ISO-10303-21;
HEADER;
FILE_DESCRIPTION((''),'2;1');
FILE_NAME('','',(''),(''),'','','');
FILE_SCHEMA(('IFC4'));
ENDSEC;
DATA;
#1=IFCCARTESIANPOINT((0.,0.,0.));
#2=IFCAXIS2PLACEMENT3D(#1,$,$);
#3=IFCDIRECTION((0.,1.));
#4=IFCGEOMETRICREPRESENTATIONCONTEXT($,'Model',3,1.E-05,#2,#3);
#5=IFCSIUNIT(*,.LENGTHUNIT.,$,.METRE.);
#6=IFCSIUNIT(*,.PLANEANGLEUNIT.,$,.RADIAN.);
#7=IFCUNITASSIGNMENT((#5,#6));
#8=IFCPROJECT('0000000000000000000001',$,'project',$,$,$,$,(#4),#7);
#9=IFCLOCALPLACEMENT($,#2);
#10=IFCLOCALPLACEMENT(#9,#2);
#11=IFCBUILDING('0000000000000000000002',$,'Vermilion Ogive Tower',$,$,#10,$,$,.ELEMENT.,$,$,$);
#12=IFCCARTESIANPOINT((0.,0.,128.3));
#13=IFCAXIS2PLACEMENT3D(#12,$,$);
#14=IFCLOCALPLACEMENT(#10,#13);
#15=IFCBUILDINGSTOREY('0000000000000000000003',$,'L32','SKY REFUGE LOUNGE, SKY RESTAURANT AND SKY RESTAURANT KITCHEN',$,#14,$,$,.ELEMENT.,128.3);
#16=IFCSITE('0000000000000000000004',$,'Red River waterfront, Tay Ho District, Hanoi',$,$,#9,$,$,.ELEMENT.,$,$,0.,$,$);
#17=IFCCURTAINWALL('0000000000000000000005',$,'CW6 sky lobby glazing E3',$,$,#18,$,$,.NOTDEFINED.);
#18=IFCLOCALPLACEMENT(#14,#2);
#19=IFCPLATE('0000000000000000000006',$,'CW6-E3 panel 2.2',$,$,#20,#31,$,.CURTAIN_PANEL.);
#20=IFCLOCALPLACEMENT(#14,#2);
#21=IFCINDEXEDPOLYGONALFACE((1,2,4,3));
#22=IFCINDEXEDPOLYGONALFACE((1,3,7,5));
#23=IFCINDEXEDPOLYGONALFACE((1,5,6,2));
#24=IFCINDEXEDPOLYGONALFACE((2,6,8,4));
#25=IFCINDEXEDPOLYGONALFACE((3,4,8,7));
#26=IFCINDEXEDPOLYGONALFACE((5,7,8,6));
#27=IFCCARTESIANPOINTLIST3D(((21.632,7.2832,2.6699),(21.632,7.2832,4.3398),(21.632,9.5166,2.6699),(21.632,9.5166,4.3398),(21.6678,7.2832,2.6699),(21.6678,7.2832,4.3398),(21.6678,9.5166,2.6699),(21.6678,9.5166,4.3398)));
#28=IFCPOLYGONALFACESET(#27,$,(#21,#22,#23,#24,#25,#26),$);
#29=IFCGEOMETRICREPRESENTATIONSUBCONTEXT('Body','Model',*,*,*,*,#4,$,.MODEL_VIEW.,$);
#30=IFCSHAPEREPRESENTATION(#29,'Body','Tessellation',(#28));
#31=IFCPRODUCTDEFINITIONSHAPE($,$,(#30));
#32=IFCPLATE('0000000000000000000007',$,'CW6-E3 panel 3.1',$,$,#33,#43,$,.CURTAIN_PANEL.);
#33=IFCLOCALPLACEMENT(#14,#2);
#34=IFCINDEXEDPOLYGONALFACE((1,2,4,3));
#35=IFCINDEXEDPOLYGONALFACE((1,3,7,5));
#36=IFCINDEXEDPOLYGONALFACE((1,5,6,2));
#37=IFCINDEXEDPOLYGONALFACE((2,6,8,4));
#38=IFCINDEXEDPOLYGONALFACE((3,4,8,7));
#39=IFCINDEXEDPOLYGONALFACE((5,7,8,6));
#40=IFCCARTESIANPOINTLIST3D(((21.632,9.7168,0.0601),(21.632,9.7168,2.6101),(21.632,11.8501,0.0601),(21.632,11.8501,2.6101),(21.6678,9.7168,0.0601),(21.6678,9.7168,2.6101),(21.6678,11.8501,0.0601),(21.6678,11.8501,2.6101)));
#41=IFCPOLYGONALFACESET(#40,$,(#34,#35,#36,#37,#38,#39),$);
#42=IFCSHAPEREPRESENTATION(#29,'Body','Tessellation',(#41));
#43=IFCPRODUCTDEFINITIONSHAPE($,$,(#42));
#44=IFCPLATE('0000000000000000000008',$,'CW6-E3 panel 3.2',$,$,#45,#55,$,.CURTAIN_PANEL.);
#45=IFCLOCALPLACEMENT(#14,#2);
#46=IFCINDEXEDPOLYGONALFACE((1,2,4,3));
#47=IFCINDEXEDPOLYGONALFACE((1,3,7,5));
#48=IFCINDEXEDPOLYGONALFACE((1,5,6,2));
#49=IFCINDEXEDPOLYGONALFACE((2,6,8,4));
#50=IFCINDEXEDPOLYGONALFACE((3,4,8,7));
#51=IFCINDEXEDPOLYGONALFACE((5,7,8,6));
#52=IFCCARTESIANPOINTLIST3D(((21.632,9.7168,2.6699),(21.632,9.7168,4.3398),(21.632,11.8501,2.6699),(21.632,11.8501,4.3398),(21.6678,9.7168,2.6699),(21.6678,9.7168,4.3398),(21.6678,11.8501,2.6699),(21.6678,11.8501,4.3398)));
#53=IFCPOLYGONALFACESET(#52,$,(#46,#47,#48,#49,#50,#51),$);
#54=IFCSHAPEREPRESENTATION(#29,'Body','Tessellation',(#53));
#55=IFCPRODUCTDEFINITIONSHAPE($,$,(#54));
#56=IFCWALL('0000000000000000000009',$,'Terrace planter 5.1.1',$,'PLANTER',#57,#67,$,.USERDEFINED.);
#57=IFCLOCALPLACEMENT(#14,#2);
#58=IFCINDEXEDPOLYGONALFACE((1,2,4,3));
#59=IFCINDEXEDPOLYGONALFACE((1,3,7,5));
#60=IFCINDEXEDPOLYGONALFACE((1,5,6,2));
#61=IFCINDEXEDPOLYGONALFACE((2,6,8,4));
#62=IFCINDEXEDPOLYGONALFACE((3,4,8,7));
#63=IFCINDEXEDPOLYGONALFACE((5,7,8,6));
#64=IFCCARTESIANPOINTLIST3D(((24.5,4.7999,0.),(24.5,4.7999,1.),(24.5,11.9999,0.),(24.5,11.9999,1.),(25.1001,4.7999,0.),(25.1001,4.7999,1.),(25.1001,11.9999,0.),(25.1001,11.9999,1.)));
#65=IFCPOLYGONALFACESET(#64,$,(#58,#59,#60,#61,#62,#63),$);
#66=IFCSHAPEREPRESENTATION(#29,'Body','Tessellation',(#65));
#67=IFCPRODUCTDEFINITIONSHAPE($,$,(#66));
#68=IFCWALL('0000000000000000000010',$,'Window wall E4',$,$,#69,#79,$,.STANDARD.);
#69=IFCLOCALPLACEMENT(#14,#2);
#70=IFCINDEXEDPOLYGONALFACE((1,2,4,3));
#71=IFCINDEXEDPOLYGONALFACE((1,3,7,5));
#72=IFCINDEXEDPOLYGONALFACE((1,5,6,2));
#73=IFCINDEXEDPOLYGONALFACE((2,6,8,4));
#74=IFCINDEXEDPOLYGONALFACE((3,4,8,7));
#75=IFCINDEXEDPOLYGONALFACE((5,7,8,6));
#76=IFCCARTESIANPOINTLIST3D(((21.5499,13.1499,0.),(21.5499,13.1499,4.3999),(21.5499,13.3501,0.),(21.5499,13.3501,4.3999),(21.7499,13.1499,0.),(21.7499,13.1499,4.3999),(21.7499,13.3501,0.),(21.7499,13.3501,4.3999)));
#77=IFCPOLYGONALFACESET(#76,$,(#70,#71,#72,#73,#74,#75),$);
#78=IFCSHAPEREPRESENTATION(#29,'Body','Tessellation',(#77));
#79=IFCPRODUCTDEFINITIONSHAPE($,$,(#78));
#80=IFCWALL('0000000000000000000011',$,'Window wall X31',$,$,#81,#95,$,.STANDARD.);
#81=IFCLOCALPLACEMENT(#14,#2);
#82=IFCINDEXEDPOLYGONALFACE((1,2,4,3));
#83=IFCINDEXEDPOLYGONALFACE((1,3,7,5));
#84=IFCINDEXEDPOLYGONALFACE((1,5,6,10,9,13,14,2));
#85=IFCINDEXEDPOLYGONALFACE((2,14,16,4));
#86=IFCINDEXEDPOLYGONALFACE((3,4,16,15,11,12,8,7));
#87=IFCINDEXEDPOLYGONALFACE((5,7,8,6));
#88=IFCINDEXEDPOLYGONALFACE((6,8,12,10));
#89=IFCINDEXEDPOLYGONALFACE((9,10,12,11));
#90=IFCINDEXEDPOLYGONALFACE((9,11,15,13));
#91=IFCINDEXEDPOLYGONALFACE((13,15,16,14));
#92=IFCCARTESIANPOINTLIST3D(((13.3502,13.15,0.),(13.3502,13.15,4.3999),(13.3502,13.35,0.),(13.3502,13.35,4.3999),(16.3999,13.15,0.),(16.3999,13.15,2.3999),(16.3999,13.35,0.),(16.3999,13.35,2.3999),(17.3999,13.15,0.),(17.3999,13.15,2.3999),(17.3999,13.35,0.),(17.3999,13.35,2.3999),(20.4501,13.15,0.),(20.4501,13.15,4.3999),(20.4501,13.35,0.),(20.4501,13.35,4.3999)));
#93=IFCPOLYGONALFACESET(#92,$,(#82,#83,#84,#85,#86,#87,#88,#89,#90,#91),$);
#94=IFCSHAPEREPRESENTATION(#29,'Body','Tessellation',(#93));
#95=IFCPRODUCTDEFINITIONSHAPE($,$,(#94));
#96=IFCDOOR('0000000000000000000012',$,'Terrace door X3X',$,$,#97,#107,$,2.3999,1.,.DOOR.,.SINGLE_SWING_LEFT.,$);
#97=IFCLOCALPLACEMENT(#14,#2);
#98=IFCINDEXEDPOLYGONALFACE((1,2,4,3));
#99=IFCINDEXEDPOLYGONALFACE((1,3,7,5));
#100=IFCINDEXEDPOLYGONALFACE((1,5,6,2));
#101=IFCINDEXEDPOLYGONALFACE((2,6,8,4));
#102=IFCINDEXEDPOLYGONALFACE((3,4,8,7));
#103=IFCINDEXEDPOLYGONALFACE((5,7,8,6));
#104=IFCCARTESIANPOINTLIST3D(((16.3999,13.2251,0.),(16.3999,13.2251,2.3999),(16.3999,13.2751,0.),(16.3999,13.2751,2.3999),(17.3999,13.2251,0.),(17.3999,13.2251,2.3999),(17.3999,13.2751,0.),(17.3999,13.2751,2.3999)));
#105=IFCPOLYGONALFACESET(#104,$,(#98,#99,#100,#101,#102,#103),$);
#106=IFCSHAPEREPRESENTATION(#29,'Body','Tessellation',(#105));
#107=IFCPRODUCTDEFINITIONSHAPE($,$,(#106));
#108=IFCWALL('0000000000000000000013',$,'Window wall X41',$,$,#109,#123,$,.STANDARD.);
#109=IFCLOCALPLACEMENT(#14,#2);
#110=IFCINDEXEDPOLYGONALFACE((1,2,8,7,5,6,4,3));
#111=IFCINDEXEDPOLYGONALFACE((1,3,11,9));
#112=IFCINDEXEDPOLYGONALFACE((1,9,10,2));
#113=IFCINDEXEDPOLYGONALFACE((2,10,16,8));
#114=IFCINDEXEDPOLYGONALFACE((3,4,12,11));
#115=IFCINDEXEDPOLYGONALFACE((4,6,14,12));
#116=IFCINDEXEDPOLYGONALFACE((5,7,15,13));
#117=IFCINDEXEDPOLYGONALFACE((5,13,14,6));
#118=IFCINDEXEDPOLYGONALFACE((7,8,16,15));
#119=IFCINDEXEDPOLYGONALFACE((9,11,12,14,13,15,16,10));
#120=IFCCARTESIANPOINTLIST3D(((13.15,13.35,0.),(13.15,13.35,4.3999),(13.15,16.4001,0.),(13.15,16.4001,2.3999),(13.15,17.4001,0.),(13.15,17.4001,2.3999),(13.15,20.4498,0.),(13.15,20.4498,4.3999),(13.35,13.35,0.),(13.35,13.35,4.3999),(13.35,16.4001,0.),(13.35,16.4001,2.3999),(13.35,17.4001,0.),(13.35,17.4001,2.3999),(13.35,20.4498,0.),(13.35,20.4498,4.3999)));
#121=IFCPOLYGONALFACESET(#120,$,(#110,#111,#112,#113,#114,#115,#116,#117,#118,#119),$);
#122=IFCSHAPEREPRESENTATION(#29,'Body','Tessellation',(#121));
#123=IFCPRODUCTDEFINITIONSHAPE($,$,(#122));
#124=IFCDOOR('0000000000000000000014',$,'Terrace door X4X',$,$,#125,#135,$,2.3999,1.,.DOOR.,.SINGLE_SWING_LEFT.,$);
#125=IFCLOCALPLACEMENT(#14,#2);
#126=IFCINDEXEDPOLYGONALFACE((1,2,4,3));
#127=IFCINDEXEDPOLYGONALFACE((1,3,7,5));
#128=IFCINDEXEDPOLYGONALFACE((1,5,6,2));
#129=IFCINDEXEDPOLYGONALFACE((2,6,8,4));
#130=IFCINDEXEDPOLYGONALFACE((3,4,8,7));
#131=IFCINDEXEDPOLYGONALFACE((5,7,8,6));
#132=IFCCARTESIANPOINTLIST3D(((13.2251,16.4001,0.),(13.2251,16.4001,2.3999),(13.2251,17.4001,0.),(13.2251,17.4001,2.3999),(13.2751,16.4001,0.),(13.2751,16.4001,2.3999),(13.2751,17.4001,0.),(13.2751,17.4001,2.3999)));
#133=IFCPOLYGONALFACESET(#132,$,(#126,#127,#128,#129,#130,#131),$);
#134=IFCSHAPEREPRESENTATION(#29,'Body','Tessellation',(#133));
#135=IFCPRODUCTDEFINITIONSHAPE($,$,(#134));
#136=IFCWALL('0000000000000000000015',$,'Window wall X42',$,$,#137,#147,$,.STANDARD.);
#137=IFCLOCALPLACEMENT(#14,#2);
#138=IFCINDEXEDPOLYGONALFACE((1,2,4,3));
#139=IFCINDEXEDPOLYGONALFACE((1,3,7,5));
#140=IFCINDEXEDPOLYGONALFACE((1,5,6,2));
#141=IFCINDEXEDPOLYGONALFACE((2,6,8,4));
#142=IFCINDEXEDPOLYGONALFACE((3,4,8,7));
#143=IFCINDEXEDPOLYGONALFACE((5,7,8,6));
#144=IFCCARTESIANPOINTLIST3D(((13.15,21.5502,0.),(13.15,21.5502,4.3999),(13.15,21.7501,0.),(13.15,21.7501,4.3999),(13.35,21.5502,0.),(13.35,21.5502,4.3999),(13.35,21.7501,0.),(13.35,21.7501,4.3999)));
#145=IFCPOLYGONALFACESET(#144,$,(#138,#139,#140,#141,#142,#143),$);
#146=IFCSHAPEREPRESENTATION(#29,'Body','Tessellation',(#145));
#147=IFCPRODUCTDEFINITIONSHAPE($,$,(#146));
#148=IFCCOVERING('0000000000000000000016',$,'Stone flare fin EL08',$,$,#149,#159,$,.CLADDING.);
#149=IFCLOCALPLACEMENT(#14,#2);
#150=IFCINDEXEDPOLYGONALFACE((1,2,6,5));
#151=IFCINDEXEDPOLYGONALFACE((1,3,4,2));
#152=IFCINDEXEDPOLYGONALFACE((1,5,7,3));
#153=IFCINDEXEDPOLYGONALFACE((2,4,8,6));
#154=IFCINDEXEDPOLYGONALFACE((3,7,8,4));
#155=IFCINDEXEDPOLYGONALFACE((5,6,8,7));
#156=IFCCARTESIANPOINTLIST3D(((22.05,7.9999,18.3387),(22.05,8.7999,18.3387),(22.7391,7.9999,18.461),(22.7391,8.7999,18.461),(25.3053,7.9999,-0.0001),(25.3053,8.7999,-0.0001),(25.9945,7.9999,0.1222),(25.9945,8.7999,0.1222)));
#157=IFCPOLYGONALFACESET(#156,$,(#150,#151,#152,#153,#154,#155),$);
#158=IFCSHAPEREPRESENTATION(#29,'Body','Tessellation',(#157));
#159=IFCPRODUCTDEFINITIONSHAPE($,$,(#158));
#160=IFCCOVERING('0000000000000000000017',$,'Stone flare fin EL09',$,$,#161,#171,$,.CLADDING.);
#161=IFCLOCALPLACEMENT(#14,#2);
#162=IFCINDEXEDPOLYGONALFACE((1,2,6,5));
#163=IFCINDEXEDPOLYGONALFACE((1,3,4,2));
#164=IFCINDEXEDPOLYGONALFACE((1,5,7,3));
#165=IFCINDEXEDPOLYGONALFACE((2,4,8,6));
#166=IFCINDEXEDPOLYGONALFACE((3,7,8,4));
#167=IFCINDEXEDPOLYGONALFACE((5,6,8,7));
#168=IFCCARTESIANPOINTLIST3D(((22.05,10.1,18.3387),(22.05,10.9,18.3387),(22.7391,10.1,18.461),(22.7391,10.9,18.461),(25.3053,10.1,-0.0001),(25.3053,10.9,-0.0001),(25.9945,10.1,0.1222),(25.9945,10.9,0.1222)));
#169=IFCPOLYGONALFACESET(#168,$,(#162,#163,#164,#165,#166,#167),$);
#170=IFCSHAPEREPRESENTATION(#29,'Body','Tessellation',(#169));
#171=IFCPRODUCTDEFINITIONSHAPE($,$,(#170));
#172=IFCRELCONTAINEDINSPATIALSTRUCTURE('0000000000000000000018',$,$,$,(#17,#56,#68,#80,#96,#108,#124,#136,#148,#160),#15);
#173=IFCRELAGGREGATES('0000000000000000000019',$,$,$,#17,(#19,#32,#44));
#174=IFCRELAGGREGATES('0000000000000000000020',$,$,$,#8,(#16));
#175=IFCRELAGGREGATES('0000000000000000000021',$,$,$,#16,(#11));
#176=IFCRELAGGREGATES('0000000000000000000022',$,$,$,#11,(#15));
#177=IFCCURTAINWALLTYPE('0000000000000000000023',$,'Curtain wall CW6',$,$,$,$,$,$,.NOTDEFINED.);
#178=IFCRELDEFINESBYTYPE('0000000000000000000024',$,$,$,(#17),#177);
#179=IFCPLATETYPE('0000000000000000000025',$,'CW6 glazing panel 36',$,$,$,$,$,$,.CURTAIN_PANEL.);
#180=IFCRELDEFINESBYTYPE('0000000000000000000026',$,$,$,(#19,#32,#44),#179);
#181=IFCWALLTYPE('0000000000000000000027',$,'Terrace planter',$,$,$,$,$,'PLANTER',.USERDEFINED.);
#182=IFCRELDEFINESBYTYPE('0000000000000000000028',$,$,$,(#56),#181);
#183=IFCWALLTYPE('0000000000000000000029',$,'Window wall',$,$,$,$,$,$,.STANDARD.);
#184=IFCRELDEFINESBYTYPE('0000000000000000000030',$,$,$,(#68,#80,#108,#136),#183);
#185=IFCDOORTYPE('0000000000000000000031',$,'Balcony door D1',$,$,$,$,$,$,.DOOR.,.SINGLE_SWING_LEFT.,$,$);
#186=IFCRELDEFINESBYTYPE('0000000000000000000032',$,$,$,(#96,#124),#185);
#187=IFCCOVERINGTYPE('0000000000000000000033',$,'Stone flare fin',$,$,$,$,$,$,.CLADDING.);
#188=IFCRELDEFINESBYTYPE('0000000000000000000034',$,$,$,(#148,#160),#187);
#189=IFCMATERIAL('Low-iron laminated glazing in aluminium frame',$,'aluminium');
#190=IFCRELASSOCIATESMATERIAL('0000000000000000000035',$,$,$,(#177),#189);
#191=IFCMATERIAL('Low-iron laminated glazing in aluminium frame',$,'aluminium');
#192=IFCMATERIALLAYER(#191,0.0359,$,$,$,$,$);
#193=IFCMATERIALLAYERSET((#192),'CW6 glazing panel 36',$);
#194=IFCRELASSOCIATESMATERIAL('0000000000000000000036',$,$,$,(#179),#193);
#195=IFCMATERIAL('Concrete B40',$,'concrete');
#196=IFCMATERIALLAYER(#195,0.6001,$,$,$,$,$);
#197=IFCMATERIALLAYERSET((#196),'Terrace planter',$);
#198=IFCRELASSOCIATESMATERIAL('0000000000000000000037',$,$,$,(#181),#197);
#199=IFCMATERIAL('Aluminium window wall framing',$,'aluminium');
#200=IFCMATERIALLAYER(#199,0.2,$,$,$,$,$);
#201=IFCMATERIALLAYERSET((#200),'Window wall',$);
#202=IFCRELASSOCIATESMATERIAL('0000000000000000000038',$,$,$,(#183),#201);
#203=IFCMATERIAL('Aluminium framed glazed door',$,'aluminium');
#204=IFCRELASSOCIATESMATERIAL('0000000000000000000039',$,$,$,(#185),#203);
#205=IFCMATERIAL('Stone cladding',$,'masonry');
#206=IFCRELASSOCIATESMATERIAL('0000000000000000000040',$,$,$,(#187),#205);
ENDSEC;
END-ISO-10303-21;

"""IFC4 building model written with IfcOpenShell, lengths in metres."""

from ifc_helpers import new_model, si_unit, direction, frame, frame_2d, origin, origin_2d, place, context, subcontext, project, spatial, rectangle, extrude, material, layer, layer_set, material_profile, profile_set, type_object, element, fill, aggregate, save


model = new_model("IFC4")

# Units and contexts
model_context = context("Model", 3, precision=1e-05, world=origin(), true_north=direction((0.0, 1.0)))
body_context = subcontext(model_context, "Body", "Model", "MODEL_VIEW")
ifc_project = project(units=[si_unit("LENGTHUNIT", "METRE"), si_unit("PLANEANGLEUNIT", "RADIAN")], contexts=[model_context])

# Site, building, storey
site_placement = place(None, origin())
site = spatial("IfcSite", under=ifc_project, at=site_placement, Name="Red River waterfront, Tay Ho District, Hanoi", CompositionType="ELEMENT", RefElevation=0.0)
building_placement = place(site_placement, origin())
building = spatial("IfcBuilding", under=site, at=building_placement, Name="Vermilion Ogive Tower", CompositionType="ELEMENT")
storey_placement = place(building_placement, frame((0.0, 0.0, 128.3)))
storey = spatial("IfcBuildingStorey", under=building, at=storey_placement, Name="L32", Description="SKY REFUGE LOUNGE, SKY RESTAURANT AND SKY RESTAURANT KITCHEN", CompositionType="ELEMENT", Elevation=128.3)

# Curtain wall
ifc_material_1 = material(Name="Low-iron laminated glazing in aluminium frame", Category="aluminium")
curtain_wall_type = type_object("IfcCurtainWallType", Name="Curtain wall CW6", PredefinedType="NOTDEFINED", material=ifc_material_1)
curtain_wall_1_placement = place(storey_placement, origin())
curtain_wall_1 = element("IfcCurtainWall", 1, at=curtain_wall_1_placement, inside=storey, type_object=curtain_wall_type, Name="CW6 sky lobby glazing E3", PredefinedType="NOTDEFINED")

# Plates
ifc_material_2 = material(Name="Low-iron laminated glazing in aluminium frame", Category="aluminium")
ifc_layer_1 = layer(ifc_material_2, 0.0359)
ifc_layer_set_1 = layer_set([ifc_layer_1], Name="CW6 glazing panel 36")
plate_type = type_object("IfcPlateType", Name="CW6 glazing panel 36", PredefinedType="CURTAIN_PANEL", material=ifc_layer_set_1)
plate_1_placement = place(storey_placement, frame((21.6499, 8.3999, 2.6699), z_axis=(0.0, 0.0, 1.0), x_axis=(0.0, 1.0, 0.0)))
plate_1 = element("IfcPlate", 2, at=plate_1_placement, type_object=plate_type, Name="CW6-E3 panel 2.2", PredefinedType="CURTAIN_PANEL", context=body_context, shape_type="SweptSolid", body=[
    extrude(rectangle(XDim=2.2334, YDim=0.0359, at=origin_2d()), origin(), (0.0, 0.0, 1.0), 1.6699),
])
plate_2_placement = place(storey_placement, frame((21.6499, 10.7834, 0.0601), z_axis=(0.0, 0.0, 1.0), x_axis=(0.0, 1.0, 0.0)))
plate_2 = element("IfcPlate", 3, at=plate_2_placement, type_object=plate_type, Name="CW6-E3 panel 3.1", PredefinedType="CURTAIN_PANEL", context=body_context, shape_type="SweptSolid", body=[
    extrude(rectangle(XDim=2.1333, YDim=0.0359, at=origin_2d()), origin(), (0.0, 0.0, 1.0), 2.55),
])
plate_3_placement = place(storey_placement, frame((21.6499, 10.7834, 2.6699), z_axis=(0.0, 0.0, 1.0), x_axis=(0.0, 1.0, 0.0)))
plate_3 = element("IfcPlate", 4, at=plate_3_placement, type_object=plate_type, Name="CW6-E3 panel 3.2", PredefinedType="CURTAIN_PANEL", context=body_context, shape_type="SweptSolid", body=[
    extrude(rectangle(XDim=2.1333, YDim=0.0359, at=origin_2d()), origin(), (0.0, 0.0, 1.0), 1.6699),
])
aggregate(curtain_wall_1, [plate_1, plate_2, plate_3])

# Walls
ifc_material_3 = material(Name="Concrete B40", Category="concrete")
ifc_layer_2 = layer(ifc_material_3, 0.6001)
ifc_layer_set_2 = layer_set([ifc_layer_2], Name="Terrace planter")
wall_type_1 = type_object("IfcWallType", Name="Terrace planter", ElementType="PLANTER", PredefinedType="USERDEFINED", material=ifc_layer_set_2)
wall_1_placement = place(storey_placement, frame((24.8, 12.0, 0.0), z_axis=(0.0, 0.0, 1.0), x_axis=(0.0, -1.0, 0.0)))
element("IfcWall", 5, at=wall_1_placement, inside=storey, type_object=wall_type_1, Name="Terrace planter 5.1.1", ObjectType="PLANTER", PredefinedType="USERDEFINED", context=body_context, shape_type="SweptSolid", body=[
    extrude(rectangle(XDim=7.2, YDim=0.6001, at=frame_2d((3.6001, 0.0))), origin(), (0.0, 0.0, 1.0), 1.0),
])
ifc_material_4 = material(Name="Aluminium window wall framing", Category="aluminium")
ifc_layer_3 = layer(ifc_material_4, 0.2)
ifc_layer_set_3 = layer_set([ifc_layer_3], Name="Window wall")
wall_type_2 = type_object("IfcWallType", Name="Window wall", PredefinedType="STANDARD", material=ifc_layer_set_3)
wall_2_placement = place(storey_placement, frame((21.6499, 13.1499, 0.0), z_axis=(0.0, 0.0, 1.0), x_axis=(0.0, 1.0, 0.0)))
element("IfcWall", 6, at=wall_2_placement, inside=storey, type_object=wall_type_2, Name="Window wall E4", PredefinedType="STANDARD", context=body_context, shape_type="SweptSolid", body=[
    extrude(rectangle(XDim=0.2002, YDim=0.2, at=frame_2d((0.1001, 0.0))), origin(), (0.0, 0.0, 1.0), 4.3999),
])

# Walls, openings, doors
wall_3_placement = place(storey_placement, frame((20.45, 13.25, 0.0), z_axis=(0.0, 0.0, 1.0), x_axis=(-1.0, 0.0, 0.0)))
wall_3 = element("IfcWall", 7, at=wall_3_placement, inside=storey, type_object=wall_type_2, Name="Window wall X31", PredefinedType="STANDARD", context=body_context, shape_type="SweptSolid", body=[
    extrude(rectangle(XDim=7.0999, YDim=0.2, at=frame_2d((3.5498, 0.0))), origin(), (0.0, 0.0, 1.0), 4.3999),
])
opening_1_placement = place(wall_3_placement, frame((3.05, 0.0, 0.0)))
opening_1 = element("IfcOpeningElement", 8, at=opening_1_placement, cuts=wall_3, PredefinedType="OPENING", context=body_context, shape_type="SweptSolid", body=[
    extrude(rectangle(XDim=1.0, YDim=2.3999, at=frame_2d((0.5, 1.2))), frame((0.0, 0.1099, 0.0), z_axis=(0.0, -1.0, 0.0), x_axis=(1.0, 0.0, 0.0)), (0.0, 0.0, 1.0), 0.22),
])
ifc_material_5 = material(Name="Aluminium framed glazed door", Category="aluminium")
door_type = type_object("IfcDoorType", Name="Balcony door D1", OperationType="SINGLE_SWING_LEFT", PredefinedType="DOOR", material=ifc_material_5)
door_1_placement = place(opening_1_placement, origin())
door_1 = element("IfcDoor", 9, at=door_1_placement, inside=storey, type_object=door_type, Name="Terrace door X3X", OperationType="SINGLE_SWING_LEFT", OverallHeight=2.3999, OverallWidth=1.0, PredefinedType="DOOR", context=body_context, shape_type="SweptSolid", body=[
    extrude(rectangle(XDim=1.0, YDim=2.3999, at=frame_2d((0.5, 1.2))), frame((0.0, 0.0249, 0.0), z_axis=(0.0, -1.0, 0.0), x_axis=(1.0, 0.0, 0.0)), (0.0, 0.0, 1.0), 0.05),
])
fill(opening_1, door_1)
wall_4_placement = place(storey_placement, frame((13.25, 13.3501, 0.0), z_axis=(0.0, 0.0, 1.0), x_axis=(0.0, 1.0, 0.0)))
wall_4 = element("IfcWall", 10, at=wall_4_placement, inside=storey, type_object=wall_type_2, Name="Window wall X41", PredefinedType="STANDARD", context=body_context, shape_type="SweptSolid", body=[
    extrude(rectangle(XDim=7.0999, YDim=0.2, at=frame_2d((3.5498, 0.0))), origin(), (0.0, 0.0, 1.0), 4.3999),
])
opening_2_placement = place(wall_4_placement, frame((3.05, 0.0, 0.0)))
opening_2 = element("IfcOpeningElement", 11, at=opening_2_placement, cuts=wall_4, PredefinedType="OPENING", context=body_context, shape_type="SweptSolid", body=[
    extrude(rectangle(XDim=1.0, YDim=2.3999, at=frame_2d((0.5, 1.2))), frame((0.0, 0.1099, 0.0), z_axis=(0.0, -1.0, 0.0), x_axis=(1.0, 0.0, 0.0)), (0.0, 0.0, 1.0), 0.22),
])
door_2_placement = place(opening_2_placement, origin())
door_2 = element("IfcDoor", 12, at=door_2_placement, inside=storey, type_object=door_type, Name="Terrace door X4X", OperationType="SINGLE_SWING_LEFT", OverallHeight=2.3999, OverallWidth=1.0, PredefinedType="DOOR", context=body_context, shape_type="SweptSolid", body=[
    extrude(rectangle(XDim=1.0, YDim=2.3999, at=frame_2d((0.5, 1.2))), frame((0.0, 0.0249, 0.0), z_axis=(0.0, -1.0, 0.0), x_axis=(1.0, 0.0, 0.0)), (0.0, 0.0, 1.0), 0.05),
])
fill(opening_2, door_2)

# Wall
wall_5_placement = place(storey_placement, frame((13.25, 21.55, 0.0), z_axis=(0.0, 0.0, 1.0), x_axis=(0.0, 1.0, 0.0)))
element("IfcWall", 13, at=wall_5_placement, inside=storey, type_object=wall_type_2, Name="Window wall X42", PredefinedType="STANDARD", context=body_context, shape_type="SweptSolid", body=[
    extrude(rectangle(XDim=0.2, YDim=0.2, at=frame_2d((0.1001, 0.0))), origin(), (0.0, 0.0, 1.0), 4.3999),
])

# Coverings
ifc_material_6 = material(Name="Stone cladding", Category="masonry")
ifc_material_profile_1 = material_profile(ifc_material_6, rectangle(XDim=0.8, YDim=0.7, at=origin_2d()), Name="STONE 800x700")
ifc_profile_set_1 = profile_set([ifc_material_profile_1], Name="Stone cladding")
covering_type = type_object("IfcCoveringType", Name="Stone flare fin", PredefinedType="CLADDING", material=ifc_profile_set_1)
for number, where, z_axis, x_axis, name in (
    (14, (25.6499, 8.3999, 0.061), (-0.17478, 0.0, 0.984608), (0.0, -1.0, 0.0), "Stone flare fin EL08"),
    (15, (25.6499, 10.5, 0.061), (-0.17478, 0.0, 0.984608), (0.0, -1.0, 0.0), "Stone flare fin EL09"),
):
    element("IfcCovering", number, at=place(storey_placement, frame(where, z_axis=z_axis, x_axis=x_axis)), inside=storey, type_object=covering_type, Name=name, PredefinedType="CLADDING", context=body_context, shape_type="SweptSolid", body=[
        extrude(rectangle(XDim=0.8, YDim=0.7, at=origin_2d()), origin(), (0.0, 0.0, 1.0), 18.6255),
    ])

save(model, "model.ifc")
